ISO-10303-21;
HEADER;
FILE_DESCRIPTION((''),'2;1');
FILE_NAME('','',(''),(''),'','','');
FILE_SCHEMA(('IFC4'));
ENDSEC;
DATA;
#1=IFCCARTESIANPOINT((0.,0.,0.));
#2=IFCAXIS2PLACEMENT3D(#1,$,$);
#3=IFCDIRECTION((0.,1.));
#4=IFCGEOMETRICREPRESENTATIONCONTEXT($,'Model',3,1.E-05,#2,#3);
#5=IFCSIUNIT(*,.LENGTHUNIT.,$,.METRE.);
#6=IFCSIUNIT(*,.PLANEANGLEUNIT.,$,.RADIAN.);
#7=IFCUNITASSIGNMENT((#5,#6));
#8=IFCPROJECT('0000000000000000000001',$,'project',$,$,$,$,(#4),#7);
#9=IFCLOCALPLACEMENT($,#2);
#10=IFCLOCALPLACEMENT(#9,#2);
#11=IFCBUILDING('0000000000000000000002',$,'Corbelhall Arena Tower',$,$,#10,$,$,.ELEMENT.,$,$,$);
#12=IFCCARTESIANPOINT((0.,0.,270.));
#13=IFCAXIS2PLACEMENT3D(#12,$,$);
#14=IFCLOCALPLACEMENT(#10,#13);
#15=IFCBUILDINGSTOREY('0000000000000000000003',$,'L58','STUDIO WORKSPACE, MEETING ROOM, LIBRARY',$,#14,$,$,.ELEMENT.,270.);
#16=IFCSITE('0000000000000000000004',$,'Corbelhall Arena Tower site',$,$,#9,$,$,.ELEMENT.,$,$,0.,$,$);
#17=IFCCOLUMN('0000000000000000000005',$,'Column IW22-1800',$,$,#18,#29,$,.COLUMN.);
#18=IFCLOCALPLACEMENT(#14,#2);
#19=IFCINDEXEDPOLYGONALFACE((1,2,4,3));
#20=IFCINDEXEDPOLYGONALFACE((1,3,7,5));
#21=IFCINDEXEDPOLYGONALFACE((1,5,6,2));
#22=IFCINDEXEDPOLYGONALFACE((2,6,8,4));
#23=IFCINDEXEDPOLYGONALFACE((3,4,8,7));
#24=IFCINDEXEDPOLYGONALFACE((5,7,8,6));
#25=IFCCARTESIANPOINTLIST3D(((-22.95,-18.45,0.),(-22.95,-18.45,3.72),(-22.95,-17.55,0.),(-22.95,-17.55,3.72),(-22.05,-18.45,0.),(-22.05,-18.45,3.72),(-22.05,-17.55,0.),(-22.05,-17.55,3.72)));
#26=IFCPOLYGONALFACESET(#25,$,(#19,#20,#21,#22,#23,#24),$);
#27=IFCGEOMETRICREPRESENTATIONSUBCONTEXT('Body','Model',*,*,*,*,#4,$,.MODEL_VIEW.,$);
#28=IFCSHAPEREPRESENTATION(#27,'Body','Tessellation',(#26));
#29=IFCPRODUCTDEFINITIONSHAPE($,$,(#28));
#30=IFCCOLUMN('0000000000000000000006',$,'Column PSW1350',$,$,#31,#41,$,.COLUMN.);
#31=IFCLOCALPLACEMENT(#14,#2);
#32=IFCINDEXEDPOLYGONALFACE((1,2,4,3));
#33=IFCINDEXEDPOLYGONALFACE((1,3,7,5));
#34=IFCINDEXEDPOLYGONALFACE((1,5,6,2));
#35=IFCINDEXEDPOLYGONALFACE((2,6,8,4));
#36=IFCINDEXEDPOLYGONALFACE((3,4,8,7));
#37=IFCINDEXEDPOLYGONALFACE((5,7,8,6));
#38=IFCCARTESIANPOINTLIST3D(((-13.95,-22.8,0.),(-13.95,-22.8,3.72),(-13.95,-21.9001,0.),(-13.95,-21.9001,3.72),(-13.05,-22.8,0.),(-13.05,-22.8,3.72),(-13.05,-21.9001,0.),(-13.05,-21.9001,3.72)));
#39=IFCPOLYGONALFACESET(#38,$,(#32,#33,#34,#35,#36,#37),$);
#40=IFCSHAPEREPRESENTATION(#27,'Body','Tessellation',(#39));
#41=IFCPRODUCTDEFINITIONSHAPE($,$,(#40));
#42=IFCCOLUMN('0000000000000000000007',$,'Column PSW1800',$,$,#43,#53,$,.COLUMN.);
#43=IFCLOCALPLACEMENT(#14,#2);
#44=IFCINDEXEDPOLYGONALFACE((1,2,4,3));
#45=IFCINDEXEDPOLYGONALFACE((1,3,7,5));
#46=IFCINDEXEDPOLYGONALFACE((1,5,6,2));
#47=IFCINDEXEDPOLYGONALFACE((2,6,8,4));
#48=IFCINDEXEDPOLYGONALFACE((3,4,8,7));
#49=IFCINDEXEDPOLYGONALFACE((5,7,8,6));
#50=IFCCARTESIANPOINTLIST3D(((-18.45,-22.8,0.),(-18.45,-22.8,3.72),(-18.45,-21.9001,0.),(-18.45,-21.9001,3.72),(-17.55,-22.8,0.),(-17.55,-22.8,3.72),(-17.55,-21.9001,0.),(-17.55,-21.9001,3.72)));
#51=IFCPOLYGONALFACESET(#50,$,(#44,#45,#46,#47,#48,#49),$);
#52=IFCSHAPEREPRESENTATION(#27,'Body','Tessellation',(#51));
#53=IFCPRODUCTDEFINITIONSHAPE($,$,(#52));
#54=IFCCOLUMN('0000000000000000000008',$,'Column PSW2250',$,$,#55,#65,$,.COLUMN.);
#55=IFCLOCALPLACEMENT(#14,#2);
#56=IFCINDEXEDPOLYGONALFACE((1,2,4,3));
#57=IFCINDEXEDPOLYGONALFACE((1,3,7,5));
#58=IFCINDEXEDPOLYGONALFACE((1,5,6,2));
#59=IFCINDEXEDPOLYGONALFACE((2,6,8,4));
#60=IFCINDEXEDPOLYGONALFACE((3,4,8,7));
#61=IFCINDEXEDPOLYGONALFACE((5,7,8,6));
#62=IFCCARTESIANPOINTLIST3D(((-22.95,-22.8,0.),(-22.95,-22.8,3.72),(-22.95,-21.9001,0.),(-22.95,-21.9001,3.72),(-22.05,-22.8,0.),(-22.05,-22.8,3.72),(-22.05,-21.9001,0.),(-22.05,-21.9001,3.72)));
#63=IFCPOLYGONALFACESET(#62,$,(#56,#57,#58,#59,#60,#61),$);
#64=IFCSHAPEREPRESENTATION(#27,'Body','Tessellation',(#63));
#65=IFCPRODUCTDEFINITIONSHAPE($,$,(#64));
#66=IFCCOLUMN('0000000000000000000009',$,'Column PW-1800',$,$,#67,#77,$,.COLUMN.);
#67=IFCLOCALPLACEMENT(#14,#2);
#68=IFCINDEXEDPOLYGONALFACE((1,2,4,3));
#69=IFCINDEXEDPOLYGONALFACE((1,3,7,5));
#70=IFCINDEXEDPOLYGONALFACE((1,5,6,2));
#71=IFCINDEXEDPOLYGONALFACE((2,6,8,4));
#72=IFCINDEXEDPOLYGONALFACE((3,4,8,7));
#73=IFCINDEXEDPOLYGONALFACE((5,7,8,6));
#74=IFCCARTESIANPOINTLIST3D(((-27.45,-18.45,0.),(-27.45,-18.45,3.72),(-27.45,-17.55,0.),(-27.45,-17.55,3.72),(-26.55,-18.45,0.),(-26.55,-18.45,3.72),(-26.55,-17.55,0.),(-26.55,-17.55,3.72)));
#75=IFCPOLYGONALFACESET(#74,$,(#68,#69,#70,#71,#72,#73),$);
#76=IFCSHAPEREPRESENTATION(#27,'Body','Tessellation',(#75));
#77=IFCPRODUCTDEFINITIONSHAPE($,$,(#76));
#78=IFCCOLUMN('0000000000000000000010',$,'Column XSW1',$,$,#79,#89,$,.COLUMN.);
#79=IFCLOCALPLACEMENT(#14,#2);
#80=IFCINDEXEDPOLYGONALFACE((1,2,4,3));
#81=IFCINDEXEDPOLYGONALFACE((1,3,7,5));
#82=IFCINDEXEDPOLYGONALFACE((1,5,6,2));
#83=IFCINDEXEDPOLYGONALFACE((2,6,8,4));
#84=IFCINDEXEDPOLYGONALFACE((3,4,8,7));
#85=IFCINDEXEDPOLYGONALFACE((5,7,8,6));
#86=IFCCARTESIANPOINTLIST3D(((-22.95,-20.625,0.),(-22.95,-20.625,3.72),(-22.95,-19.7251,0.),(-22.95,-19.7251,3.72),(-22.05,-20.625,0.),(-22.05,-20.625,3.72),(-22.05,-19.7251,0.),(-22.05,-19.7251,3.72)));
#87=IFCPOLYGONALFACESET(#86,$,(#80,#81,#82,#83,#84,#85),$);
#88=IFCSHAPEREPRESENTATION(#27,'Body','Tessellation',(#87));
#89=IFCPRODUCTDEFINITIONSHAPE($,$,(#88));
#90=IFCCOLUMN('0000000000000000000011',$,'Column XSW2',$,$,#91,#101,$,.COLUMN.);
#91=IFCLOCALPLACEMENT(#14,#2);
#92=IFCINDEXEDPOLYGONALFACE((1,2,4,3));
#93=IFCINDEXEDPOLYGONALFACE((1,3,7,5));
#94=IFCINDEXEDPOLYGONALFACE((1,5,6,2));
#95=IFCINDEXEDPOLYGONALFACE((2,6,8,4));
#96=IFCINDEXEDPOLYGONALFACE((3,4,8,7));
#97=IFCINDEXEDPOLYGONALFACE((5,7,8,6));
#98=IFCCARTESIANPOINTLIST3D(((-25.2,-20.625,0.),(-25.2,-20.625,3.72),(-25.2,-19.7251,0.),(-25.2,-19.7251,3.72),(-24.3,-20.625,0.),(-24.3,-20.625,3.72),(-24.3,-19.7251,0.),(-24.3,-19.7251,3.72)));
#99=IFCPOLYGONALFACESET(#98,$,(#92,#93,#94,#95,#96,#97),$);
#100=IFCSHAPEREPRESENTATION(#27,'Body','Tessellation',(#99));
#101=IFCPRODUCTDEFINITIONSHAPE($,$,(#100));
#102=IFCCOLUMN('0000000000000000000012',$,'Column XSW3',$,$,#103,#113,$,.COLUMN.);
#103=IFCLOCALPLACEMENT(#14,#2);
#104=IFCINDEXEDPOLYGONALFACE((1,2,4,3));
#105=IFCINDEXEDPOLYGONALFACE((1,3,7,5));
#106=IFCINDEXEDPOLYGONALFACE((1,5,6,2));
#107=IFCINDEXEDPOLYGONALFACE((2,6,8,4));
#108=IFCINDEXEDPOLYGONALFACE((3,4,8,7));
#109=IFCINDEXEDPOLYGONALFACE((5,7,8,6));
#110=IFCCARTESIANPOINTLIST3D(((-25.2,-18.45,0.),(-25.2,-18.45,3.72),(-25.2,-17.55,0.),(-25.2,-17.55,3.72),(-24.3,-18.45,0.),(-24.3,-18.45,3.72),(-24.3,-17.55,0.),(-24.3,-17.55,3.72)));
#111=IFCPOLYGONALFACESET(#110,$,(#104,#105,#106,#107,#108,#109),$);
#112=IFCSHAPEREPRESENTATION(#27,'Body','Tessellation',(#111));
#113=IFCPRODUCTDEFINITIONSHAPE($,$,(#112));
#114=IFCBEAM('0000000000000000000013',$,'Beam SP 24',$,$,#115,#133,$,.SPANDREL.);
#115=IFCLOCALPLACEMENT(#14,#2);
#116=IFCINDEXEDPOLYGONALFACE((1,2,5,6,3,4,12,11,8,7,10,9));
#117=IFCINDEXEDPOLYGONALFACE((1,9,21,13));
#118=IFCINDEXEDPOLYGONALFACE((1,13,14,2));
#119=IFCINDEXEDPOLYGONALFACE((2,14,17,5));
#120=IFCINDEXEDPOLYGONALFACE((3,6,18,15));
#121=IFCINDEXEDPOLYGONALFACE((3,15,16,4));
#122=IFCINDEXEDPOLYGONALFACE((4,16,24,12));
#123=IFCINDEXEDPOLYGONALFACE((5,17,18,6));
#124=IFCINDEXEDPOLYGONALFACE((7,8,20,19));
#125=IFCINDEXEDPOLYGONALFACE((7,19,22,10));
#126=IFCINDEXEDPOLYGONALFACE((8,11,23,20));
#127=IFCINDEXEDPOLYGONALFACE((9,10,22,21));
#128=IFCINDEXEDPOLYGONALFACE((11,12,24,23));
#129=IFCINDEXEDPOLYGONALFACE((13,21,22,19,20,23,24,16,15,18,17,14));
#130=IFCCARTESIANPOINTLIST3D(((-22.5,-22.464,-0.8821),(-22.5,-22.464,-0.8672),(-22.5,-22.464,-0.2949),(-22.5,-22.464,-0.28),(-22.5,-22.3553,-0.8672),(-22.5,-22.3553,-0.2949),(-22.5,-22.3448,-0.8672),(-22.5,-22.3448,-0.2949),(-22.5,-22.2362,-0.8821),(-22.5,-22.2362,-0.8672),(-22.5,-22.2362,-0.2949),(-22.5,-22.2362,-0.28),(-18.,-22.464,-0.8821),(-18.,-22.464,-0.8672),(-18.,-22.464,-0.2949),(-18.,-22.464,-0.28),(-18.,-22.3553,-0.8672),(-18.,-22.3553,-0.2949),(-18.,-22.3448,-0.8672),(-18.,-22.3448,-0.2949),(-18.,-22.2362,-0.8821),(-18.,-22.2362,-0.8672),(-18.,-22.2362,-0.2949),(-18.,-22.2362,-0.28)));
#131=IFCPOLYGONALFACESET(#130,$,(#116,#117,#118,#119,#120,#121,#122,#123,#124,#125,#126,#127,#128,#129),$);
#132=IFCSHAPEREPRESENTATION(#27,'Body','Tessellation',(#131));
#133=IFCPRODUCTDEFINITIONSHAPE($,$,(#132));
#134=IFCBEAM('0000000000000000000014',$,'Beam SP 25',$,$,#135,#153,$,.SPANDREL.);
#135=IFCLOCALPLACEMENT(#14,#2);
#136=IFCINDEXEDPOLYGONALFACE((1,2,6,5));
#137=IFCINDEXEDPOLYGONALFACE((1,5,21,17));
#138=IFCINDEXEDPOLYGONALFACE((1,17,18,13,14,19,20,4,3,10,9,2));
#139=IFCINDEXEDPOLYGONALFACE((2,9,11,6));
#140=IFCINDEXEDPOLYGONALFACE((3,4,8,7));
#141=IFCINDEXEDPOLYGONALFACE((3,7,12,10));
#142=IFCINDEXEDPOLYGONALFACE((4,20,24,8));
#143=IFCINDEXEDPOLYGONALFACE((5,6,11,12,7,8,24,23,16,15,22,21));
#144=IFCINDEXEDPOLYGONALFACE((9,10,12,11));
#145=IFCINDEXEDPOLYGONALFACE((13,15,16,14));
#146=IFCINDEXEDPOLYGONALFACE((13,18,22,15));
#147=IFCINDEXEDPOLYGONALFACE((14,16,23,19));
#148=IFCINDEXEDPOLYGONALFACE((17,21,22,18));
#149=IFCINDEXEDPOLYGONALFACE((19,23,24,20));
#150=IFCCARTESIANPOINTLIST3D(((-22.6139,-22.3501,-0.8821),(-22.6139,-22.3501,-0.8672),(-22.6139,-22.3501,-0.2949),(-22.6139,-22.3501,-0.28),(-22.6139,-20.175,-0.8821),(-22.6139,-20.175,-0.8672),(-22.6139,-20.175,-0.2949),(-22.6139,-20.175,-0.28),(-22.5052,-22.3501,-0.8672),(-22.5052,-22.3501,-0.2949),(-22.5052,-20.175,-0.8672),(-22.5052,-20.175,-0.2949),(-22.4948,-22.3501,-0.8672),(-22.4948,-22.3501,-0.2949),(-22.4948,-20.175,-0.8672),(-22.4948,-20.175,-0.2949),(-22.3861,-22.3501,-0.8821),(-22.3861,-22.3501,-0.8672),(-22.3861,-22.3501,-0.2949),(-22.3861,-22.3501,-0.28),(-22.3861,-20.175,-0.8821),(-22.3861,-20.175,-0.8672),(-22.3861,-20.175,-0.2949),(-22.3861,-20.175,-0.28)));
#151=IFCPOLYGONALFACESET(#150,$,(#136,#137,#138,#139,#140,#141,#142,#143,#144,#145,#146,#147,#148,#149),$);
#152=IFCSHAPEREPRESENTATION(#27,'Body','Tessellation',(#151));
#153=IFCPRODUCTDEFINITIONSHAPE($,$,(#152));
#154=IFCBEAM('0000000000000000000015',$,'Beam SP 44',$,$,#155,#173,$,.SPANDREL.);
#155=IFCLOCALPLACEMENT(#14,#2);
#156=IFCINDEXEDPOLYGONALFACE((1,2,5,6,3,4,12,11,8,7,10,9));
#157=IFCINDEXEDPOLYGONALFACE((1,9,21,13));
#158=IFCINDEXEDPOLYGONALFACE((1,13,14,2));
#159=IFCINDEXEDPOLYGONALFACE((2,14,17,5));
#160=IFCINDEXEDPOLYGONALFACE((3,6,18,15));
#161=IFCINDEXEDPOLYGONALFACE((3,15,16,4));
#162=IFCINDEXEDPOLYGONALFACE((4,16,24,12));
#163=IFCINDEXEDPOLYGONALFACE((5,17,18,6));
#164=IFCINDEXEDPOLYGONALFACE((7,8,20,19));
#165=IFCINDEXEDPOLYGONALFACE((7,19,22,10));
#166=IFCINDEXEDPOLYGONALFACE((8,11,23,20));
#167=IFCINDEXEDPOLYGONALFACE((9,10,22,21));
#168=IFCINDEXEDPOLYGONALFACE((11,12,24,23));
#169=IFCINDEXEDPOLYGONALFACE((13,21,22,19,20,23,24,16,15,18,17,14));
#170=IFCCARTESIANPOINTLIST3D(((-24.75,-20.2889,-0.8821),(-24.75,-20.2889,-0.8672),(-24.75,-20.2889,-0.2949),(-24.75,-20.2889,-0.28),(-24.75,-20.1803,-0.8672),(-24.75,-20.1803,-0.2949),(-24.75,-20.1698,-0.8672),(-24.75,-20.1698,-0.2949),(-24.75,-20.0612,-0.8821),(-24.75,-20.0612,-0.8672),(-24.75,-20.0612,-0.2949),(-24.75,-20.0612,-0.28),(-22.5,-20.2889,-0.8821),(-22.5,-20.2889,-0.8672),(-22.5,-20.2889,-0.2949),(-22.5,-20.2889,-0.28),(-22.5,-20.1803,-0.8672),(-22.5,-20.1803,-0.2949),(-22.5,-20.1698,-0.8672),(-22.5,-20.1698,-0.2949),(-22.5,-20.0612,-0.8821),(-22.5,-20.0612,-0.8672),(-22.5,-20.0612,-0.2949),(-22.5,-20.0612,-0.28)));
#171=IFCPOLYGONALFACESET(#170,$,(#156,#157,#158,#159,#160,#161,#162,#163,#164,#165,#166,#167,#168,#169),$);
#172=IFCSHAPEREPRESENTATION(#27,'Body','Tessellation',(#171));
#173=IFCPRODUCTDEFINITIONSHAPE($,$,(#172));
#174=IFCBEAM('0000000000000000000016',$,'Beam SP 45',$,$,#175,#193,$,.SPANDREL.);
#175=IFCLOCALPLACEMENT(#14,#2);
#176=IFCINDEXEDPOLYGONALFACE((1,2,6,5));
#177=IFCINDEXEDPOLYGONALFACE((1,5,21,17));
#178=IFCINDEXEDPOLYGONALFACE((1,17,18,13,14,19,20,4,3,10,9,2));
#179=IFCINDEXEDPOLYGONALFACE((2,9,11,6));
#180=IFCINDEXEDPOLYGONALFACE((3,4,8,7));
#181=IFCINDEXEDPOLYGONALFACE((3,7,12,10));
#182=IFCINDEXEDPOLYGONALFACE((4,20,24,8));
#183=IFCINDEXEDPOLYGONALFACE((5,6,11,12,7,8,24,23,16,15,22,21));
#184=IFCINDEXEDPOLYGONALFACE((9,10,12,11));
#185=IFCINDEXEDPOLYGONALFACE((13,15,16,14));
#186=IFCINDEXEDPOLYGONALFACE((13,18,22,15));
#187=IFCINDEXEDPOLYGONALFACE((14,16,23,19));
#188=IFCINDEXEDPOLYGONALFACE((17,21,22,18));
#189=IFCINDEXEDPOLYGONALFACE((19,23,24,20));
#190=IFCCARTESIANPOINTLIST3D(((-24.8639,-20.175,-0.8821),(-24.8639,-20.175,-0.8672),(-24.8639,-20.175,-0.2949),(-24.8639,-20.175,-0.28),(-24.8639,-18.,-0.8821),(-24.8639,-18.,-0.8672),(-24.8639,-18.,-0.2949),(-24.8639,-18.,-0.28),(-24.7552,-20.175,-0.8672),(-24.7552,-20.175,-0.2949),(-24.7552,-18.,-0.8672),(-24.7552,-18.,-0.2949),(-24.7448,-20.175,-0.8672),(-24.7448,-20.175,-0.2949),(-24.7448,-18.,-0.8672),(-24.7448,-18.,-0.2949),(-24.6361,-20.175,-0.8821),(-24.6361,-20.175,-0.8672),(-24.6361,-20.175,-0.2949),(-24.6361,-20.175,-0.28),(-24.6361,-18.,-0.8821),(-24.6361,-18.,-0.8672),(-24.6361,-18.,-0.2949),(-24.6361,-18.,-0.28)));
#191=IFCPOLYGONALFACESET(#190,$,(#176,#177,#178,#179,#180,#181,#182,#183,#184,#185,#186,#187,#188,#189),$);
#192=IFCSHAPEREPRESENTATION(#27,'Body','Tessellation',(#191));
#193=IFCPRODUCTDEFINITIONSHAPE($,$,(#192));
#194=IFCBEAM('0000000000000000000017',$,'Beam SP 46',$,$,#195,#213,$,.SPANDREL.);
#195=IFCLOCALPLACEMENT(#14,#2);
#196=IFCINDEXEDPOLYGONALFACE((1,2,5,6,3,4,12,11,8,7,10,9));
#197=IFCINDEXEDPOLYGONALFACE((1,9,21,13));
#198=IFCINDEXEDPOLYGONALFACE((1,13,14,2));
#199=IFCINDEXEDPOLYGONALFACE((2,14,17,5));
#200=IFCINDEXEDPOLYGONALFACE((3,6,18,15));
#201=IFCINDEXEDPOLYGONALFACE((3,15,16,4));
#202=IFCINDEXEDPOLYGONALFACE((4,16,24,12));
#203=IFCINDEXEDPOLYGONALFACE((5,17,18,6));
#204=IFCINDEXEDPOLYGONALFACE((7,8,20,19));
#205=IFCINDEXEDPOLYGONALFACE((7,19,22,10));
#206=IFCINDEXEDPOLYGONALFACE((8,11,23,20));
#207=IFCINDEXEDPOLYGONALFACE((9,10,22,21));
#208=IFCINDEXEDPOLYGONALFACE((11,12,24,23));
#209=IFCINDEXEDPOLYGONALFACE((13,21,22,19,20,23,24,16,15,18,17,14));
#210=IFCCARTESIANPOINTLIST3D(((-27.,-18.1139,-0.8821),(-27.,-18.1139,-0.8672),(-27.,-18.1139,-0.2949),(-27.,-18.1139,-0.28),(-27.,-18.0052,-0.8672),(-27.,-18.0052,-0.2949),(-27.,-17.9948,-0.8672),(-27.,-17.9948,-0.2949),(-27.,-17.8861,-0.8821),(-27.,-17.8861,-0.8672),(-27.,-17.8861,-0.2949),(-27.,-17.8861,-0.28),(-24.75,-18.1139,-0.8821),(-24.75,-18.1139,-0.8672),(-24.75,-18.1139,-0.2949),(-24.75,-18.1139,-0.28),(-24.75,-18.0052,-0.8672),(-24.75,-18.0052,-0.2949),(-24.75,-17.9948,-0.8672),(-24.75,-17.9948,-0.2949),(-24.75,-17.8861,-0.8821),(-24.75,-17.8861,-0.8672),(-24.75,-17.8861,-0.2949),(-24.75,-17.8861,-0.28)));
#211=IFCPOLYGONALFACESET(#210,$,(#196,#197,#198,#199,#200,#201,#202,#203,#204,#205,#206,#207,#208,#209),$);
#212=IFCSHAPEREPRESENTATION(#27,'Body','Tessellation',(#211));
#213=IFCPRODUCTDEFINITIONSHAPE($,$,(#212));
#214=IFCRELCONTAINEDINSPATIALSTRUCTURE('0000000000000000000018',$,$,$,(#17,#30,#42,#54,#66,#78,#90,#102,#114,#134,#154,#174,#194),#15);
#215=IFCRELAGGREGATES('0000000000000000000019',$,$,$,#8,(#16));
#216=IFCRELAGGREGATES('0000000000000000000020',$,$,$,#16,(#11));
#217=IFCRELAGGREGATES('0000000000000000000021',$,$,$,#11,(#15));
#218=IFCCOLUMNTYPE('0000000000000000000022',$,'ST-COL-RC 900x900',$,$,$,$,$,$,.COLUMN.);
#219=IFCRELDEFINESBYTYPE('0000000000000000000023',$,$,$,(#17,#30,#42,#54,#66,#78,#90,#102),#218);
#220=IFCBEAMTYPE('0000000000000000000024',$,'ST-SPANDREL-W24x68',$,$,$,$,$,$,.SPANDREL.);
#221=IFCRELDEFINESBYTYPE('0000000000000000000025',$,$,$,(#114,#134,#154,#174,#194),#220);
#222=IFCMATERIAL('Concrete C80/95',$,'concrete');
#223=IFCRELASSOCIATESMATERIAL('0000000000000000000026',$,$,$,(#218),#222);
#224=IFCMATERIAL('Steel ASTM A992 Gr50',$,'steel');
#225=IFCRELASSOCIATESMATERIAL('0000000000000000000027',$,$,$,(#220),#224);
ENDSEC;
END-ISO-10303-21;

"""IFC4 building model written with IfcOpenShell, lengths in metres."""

from ifc_helpers import new_model, si_unit, direction, frame, origin, origin_2d, place, context, subcontext, project, spatial, rectangle, i_section, extrude, material, material_profile, profile_set, type_object, element, save


model = new_model("IFC4")

# Units and contexts
model_context = context("Model", 3, precision=1e-05, world=origin(), true_north=direction((0.0, 1.0)))
body_context = subcontext(model_context, "Body", "Model", "MODEL_VIEW")
ifc_project = project(units=[si_unit("LENGTHUNIT", "METRE"), si_unit("PLANEANGLEUNIT", "RADIAN")], contexts=[model_context])

# Site, building, storey
site_placement = place(None, origin())
site = spatial("IfcSite", under=ifc_project, at=site_placement, Name="Corbelhall Arena Tower site", CompositionType="ELEMENT", RefElevation=0.0)
building_placement = place(site_placement, origin())
building = spatial("IfcBuilding", under=site, at=building_placement, Name="Corbelhall Arena Tower", CompositionType="ELEMENT")
storey_placement = place(building_placement, frame((0.0, 0.0, 270.0)))
storey = spatial("IfcBuildingStorey", under=building, at=storey_placement, Name="L58", Description="STUDIO WORKSPACE, MEETING ROOM, LIBRARY", CompositionType="ELEMENT", Elevation=270.0)

# Columns
ifc_material_1 = material(Name="Concrete C80/95", Category="concrete")
ifc_material_profile_1 = material_profile(ifc_material_1, rectangle(XDim=0.8999, YDim=0.8999, at=origin_2d()))
ifc_profile_set_1 = profile_set([ifc_material_profile_1], Name="Concrete C80/95")
column_type = type_object("IfcColumnType", Name="ST-COL-RC 900x900", PredefinedType="COLUMN", material=ifc_profile_set_1)
for number, where, z_axis, x_axis, name in (
    (1, (-22.5, -18.0, 0.0), (0.0, 0.0, 1.0), (1.0, 0.0, 0.0), "Column IW22-1800"),
    (2, (-13.5, -22.3501, 0.0), (0.0, 0.0, 1.0), (1.0, 0.0, 0.0), "Column PSW1350"),
    (3, (-18.0, -22.3501, 0.0), (0.0, 0.0, 1.0), (1.0, 0.0, 0.0), "Column PSW1800"),
    (4, (-22.5, -22.3501, 0.0), (0.0, 0.0, 1.0), (1.0, 0.0, 0.0), "Column PSW2250"),
    (5, (-27.0, -18.0, 0.0), (0.0, 0.0, 1.0), (0.0, 1.0, 0.0), "Column PW-1800"),
    (6, (-22.5, -20.175, 0.0), (0.0, 0.0, 1.0), (1.0, 0.0, 0.0), "Column XSW1"),
    (7, (-24.75, -20.175, 0.0), (0.0, 0.0, 1.0), (1.0, 0.0, 0.0), "Column XSW2"),
    (8, (-24.75, -18.0, 0.0), (0.0, 0.0, 1.0), (1.0, 0.0, 0.0), "Column XSW3"),
):
    element("IfcColumn", number, at=place(storey_placement, frame(where, z_axis=z_axis, x_axis=x_axis)), inside=storey, type_object=column_type, Name=name, PredefinedType="COLUMN", context=body_context, shape_type="SweptSolid", body=[
        extrude(rectangle(XDim=0.8999, YDim=0.8999, at=origin_2d()), origin(), (0.0, 0.0, 1.0), 3.72),
    ])

# Beams
ifc_material_2 = material(Name="Steel ASTM A992 Gr50", Category="steel")
ifc_material_profile_2 = material_profile(ifc_material_2, i_section(OverallWidth=0.2278, OverallDepth=0.6021, WebThickness=0.0105, FlangeThickness=0.0149, at=origin_2d()))
ifc_profile_set_2 = profile_set([ifc_material_profile_2], Name="Steel ASTM A992 Gr50")
beam_type_1 = type_object("IfcBeamType", Name="ST-SPANDREL-W24x68", PredefinedType="SPANDREL", material=ifc_profile_set_2)
beam_1_placement = place(storey_placement, frame((-18.0, -22.3501, -0.5811), z_axis=(-1.0, 0.0, 0.0), x_axis=(0.0, -1.0, 0.0)))
element("IfcBeam", 9, at=beam_1_placement, inside=storey, type_object=beam_type_1, Name="Beam SP 24", PredefinedType="SPANDREL", context=body_context, shape_type="SweptSolid", body=[
    extrude(i_section(OverallWidth=0.2278, OverallDepth=0.6021, WebThickness=0.0105, FlangeThickness=0.0149, at=origin_2d()), origin(), (0.0, 0.0, 1.0), 4.5),
])
beam_2_placement = place(storey_placement, frame((-22.5, -22.3501, -0.5811), z_axis=(0.0, 1.0, 0.0), x_axis=(-1.0, 0.0, 0.0)))
element("IfcBeam", 10, at=beam_2_placement, inside=storey, type_object=beam_type_1, Name="Beam SP 25", PredefinedType="SPANDREL", context=body_context, shape_type="SweptSolid", body=[
    extrude(i_section(OverallWidth=0.2278, OverallDepth=0.6021, WebThickness=0.0105, FlangeThickness=0.0149, at=origin_2d()), origin(), (0.0, 0.0, 1.0), 2.175),
])
beam_3_placement = place(storey_placement, frame((-22.5, -20.175, -0.5811), z_axis=(-1.0, 0.0, 0.0), x_axis=(0.0, -1.0, 0.0)))
element("IfcBeam", 11, at=beam_3_placement, inside=storey, type_object=beam_type_1, Name="Beam SP 44", PredefinedType="SPANDREL", context=body_context, shape_type="SweptSolid", body=[
    extrude(i_section(OverallWidth=0.2278, OverallDepth=0.6021, WebThickness=0.0105, FlangeThickness=0.0149, at=origin_2d()), origin(), (0.0, 0.0, 1.0), 2.25),
])
beam_4_placement = place(storey_placement, frame((-24.75, -20.175, -0.5811), z_axis=(0.0, 1.0, 0.0), x_axis=(-1.0, 0.0, 0.0)))
element("IfcBeam", 12, at=beam_4_placement, inside=storey, type_object=beam_type_1, Name="Beam SP 45", PredefinedType="SPANDREL", context=body_context, shape_type="SweptSolid", body=[
    extrude(i_section(OverallWidth=0.2278, OverallDepth=0.6021, WebThickness=0.0105, FlangeThickness=0.0149, at=origin_2d()), origin(), (0.0, 0.0, 1.0), 2.175),
])
beam_5_placement = place(storey_placement, frame((-24.75, -18.0, -0.5811), z_axis=(-1.0, 0.0, 0.0), x_axis=(0.0, -1.0, 0.0)))
element("IfcBeam", 13, at=beam_5_placement, inside=storey, type_object=beam_type_1, Name="Beam SP 46", PredefinedType="SPANDREL", context=body_context, shape_type="SweptSolid", body=[
    extrude(i_section(OverallWidth=0.2278, OverallDepth=0.6021, WebThickness=0.0105, FlangeThickness=0.0149, at=origin_2d()), origin(), (0.0, 0.0, 1.0), 2.25),
])

save(model, "model.ifc")
